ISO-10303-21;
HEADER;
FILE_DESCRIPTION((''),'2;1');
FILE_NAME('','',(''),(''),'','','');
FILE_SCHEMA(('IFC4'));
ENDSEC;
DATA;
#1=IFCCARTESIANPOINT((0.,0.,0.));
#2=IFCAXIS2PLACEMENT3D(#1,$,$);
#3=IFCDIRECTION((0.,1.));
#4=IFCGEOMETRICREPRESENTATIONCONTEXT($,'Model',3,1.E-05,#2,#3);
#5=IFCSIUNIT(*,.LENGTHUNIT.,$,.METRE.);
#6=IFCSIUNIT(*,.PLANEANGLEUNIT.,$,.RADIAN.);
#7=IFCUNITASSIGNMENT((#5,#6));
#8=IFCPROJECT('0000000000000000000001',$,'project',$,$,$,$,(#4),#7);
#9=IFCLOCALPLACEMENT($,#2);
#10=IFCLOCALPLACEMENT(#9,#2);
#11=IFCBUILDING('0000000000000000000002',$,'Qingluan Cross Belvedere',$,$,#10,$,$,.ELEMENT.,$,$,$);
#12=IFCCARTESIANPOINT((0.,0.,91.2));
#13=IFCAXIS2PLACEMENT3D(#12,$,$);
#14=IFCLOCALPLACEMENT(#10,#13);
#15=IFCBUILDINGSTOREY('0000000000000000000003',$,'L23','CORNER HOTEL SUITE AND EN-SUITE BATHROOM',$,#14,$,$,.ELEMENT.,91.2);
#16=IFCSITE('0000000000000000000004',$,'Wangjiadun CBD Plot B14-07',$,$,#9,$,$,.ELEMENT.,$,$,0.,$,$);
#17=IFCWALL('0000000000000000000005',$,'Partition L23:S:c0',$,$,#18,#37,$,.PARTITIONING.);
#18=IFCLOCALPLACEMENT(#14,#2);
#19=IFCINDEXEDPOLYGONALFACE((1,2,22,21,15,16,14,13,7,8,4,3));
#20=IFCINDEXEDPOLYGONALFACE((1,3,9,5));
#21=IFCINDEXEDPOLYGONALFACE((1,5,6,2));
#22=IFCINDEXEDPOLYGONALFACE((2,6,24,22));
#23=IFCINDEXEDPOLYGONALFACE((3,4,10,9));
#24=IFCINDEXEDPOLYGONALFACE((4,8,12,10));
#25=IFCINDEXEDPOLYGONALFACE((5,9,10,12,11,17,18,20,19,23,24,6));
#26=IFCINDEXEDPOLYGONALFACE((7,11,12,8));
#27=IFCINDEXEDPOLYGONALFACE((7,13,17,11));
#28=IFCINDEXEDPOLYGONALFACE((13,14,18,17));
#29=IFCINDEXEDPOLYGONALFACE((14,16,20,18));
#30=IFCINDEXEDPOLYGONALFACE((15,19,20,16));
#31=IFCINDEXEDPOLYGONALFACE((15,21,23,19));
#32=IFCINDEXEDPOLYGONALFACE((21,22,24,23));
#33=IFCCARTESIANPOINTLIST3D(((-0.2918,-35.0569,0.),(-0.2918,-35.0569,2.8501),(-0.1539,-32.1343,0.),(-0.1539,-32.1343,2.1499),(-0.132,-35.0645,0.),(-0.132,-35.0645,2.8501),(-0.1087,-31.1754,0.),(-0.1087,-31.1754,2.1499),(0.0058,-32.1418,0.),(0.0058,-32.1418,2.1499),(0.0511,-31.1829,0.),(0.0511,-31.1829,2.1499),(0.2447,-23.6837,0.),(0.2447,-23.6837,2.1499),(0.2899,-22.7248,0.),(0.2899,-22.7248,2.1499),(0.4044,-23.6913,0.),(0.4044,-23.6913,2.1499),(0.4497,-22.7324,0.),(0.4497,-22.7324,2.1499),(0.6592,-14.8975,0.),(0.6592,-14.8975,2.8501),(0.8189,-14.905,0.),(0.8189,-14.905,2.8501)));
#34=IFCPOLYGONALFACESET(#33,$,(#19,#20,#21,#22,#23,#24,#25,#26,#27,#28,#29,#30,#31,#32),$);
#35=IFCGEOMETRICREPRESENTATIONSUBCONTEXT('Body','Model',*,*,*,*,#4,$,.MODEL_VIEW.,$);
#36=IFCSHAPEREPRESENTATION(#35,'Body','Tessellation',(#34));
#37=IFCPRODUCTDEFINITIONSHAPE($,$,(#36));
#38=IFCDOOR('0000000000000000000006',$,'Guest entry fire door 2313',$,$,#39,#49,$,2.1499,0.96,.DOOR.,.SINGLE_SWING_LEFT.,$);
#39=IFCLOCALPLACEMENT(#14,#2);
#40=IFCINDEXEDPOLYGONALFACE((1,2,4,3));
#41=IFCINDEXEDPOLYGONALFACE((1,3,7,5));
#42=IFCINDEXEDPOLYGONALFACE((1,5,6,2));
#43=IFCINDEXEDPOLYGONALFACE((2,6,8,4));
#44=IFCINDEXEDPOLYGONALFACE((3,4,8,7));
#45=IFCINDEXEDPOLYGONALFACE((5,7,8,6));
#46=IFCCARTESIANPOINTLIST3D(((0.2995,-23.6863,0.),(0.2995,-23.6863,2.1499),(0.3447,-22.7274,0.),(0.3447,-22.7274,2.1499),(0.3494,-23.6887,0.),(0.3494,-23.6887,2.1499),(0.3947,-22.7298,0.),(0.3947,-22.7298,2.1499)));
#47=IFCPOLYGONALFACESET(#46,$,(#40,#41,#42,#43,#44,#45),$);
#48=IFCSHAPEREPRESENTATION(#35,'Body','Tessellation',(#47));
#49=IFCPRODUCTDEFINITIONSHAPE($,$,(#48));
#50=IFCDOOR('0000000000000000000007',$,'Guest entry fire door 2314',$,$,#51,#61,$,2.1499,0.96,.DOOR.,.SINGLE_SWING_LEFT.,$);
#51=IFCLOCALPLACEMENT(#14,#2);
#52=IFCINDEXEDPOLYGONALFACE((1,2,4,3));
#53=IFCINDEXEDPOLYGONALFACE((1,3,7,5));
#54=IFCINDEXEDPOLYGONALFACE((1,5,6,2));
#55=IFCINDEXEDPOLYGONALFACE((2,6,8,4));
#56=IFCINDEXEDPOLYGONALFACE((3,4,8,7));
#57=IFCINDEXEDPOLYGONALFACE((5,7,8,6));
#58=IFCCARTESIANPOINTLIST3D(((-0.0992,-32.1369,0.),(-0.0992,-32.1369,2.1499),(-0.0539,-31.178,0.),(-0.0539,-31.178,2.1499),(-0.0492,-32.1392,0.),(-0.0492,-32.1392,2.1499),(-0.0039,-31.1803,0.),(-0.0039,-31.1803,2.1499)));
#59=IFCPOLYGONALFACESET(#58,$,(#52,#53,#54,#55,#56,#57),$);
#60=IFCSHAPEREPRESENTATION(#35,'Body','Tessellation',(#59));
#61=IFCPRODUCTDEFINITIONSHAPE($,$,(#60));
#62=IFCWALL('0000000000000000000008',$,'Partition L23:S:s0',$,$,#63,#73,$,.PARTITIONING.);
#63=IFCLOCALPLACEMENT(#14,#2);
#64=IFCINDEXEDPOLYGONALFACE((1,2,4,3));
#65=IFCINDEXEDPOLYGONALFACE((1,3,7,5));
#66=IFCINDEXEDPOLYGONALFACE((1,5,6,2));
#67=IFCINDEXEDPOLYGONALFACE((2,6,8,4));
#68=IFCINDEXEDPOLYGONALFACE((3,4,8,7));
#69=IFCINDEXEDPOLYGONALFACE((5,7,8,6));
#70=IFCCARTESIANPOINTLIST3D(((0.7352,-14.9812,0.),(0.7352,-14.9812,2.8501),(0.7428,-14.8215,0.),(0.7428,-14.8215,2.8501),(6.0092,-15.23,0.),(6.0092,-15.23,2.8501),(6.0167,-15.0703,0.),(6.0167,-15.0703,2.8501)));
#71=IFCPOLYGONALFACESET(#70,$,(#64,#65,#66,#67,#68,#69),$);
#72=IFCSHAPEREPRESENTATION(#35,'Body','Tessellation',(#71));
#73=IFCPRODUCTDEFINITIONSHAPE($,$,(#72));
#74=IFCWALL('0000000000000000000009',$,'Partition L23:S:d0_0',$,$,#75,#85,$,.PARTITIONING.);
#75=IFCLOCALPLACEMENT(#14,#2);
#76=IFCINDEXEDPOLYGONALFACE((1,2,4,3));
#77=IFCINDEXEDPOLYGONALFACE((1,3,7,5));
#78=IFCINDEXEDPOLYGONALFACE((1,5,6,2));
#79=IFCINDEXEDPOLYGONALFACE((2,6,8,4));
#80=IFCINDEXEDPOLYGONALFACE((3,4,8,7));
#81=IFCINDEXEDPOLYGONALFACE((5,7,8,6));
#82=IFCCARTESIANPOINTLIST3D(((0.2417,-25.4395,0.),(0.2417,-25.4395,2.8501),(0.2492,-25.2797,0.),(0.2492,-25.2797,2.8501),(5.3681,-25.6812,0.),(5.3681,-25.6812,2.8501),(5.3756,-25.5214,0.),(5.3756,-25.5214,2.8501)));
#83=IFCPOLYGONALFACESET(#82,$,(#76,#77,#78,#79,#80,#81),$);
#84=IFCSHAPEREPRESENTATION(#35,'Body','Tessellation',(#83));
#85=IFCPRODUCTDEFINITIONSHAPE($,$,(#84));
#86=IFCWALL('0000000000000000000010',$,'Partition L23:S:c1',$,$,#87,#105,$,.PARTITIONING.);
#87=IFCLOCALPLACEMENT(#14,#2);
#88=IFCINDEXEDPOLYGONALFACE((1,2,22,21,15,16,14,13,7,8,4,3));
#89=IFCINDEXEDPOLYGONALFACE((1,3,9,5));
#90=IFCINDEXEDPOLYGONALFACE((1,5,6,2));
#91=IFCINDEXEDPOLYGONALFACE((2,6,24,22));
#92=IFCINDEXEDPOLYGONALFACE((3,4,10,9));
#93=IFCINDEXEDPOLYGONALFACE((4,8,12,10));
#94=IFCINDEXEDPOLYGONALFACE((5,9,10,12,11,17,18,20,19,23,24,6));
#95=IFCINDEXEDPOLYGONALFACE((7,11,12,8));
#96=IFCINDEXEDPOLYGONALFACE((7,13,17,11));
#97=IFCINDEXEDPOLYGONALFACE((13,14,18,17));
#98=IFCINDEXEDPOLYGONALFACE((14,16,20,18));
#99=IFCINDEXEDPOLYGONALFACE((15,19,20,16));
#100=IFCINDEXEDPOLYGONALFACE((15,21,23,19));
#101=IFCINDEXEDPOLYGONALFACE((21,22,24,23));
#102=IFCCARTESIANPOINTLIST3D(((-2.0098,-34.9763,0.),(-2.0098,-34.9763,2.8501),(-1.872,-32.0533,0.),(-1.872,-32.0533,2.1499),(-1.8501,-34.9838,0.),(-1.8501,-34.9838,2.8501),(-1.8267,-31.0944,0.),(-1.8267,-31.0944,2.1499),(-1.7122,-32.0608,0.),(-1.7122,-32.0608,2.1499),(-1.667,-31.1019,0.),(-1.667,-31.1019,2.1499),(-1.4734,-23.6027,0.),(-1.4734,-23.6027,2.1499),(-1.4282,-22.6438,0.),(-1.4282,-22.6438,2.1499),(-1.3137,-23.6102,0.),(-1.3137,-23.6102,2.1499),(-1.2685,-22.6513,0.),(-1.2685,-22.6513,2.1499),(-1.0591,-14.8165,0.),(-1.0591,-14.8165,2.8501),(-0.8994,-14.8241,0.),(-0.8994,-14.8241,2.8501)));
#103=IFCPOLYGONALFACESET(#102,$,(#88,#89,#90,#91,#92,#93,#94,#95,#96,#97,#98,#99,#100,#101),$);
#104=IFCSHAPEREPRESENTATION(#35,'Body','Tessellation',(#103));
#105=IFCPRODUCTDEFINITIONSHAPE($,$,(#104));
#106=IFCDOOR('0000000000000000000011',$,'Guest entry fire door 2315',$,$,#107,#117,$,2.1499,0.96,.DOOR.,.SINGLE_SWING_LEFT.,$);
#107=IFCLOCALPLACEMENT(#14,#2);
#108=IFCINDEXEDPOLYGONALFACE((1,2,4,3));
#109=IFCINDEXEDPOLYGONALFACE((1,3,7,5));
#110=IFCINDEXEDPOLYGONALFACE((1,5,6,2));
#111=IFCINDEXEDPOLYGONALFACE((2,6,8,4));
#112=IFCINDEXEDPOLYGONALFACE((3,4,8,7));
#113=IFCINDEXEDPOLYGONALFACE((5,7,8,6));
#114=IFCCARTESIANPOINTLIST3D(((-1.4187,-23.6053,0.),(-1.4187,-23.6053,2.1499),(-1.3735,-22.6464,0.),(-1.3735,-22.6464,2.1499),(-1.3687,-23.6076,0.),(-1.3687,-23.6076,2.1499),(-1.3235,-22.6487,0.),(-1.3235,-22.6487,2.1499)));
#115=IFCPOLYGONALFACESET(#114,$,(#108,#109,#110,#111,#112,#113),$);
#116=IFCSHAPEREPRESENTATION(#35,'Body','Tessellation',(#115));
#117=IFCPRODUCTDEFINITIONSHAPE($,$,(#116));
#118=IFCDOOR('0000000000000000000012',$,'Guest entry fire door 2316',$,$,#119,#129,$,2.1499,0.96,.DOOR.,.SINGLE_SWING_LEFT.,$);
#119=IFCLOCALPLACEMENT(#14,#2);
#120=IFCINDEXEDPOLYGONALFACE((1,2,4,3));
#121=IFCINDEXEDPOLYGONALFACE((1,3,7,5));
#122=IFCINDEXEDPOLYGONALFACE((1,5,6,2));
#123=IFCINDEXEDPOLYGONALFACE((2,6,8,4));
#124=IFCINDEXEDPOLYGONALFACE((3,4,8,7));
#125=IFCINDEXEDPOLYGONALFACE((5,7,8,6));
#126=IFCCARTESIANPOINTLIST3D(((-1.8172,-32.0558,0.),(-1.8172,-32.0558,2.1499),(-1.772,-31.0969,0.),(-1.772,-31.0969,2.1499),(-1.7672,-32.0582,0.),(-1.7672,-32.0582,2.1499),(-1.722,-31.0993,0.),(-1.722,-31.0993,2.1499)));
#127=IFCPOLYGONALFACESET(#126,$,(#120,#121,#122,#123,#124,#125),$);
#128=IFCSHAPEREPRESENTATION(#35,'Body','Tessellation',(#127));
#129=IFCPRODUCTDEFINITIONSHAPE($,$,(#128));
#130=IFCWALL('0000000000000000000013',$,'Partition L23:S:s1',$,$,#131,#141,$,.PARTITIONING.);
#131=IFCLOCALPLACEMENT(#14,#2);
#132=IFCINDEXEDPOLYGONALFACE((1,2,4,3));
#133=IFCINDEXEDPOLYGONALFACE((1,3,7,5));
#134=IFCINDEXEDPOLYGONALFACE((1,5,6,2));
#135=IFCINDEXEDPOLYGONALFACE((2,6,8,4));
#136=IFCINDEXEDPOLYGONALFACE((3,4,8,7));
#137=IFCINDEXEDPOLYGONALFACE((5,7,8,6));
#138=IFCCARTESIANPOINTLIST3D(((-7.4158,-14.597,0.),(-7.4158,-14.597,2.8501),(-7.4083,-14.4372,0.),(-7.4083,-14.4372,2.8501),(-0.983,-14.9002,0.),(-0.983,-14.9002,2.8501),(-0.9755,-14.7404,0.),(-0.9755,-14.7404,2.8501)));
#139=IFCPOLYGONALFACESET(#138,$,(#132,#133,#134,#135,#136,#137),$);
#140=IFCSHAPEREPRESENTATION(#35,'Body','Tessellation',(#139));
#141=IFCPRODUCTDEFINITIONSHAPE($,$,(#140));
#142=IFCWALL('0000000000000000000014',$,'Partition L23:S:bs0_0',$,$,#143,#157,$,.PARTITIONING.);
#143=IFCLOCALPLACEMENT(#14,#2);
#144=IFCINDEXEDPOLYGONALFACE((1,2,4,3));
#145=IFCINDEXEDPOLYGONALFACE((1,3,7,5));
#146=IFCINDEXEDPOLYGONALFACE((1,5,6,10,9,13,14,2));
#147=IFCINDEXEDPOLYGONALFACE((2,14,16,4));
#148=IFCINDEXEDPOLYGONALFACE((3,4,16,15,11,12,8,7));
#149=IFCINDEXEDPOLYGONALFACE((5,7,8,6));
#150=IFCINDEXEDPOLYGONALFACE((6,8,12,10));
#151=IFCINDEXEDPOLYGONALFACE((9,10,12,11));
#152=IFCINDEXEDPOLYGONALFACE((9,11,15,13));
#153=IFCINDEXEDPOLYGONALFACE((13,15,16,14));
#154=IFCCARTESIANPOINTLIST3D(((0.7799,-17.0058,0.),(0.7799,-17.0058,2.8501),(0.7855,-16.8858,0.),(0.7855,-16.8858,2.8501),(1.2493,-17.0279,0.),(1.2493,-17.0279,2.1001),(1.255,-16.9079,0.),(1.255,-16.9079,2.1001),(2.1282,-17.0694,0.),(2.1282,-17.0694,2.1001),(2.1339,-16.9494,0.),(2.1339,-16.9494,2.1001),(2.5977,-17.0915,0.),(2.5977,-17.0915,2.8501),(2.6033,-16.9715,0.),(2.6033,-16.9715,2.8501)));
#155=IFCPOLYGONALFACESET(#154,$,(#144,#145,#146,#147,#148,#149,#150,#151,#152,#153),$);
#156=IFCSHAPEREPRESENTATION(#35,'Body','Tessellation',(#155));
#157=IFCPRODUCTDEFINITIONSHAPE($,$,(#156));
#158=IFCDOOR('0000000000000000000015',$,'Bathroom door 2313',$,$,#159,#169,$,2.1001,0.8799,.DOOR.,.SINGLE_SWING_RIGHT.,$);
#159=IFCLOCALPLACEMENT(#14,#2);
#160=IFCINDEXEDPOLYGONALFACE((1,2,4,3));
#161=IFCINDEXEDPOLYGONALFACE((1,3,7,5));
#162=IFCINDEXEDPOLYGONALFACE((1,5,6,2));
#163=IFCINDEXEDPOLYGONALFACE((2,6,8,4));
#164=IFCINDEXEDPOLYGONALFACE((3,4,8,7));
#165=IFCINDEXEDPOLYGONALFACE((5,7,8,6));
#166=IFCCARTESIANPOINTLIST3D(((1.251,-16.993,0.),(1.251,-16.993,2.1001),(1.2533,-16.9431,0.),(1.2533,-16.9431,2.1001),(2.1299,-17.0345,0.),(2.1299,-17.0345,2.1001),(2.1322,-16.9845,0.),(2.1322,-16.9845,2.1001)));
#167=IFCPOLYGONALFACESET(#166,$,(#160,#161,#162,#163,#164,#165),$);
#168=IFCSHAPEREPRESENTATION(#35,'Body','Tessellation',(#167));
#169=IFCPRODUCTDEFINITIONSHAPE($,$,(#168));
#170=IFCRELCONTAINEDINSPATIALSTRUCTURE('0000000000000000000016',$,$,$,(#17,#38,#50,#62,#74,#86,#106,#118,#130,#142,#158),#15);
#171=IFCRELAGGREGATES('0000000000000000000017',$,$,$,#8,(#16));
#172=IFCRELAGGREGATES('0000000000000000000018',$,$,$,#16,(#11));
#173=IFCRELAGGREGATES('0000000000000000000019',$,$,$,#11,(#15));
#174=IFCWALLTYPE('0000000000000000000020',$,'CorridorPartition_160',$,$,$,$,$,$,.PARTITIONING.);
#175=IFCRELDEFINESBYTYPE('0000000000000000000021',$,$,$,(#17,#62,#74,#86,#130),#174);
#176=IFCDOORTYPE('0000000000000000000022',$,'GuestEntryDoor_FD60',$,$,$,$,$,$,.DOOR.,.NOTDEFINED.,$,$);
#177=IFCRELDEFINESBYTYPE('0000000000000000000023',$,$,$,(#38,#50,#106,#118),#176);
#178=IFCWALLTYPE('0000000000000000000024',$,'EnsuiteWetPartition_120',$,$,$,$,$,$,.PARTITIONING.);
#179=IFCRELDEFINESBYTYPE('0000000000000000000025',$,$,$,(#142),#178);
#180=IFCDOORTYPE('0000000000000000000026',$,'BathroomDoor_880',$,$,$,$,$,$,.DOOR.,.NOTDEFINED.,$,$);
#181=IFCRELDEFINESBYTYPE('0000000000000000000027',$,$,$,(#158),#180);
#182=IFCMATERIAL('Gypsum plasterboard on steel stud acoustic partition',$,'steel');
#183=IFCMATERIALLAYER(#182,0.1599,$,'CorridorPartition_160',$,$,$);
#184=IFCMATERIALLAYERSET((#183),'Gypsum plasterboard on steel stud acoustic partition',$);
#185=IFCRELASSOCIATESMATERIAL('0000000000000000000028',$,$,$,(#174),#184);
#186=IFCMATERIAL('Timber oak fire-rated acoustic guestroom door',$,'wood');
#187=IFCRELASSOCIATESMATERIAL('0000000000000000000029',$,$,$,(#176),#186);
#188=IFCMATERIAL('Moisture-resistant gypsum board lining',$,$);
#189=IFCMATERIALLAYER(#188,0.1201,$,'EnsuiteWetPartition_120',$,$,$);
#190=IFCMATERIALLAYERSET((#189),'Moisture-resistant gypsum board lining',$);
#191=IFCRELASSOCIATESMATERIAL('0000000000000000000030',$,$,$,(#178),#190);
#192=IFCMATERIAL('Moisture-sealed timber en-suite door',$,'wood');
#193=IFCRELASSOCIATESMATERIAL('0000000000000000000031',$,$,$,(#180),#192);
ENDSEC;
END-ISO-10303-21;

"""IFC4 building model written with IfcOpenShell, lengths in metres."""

from ifc_helpers import new_model, si_unit, direction, frame, frame_2d, origin, place, context, subcontext, project, spatial, rectangle, extrude, material, layer, layer_set, type_object, element, fill, save


model = new_model("IFC4")

# Units and contexts
model_context = context("Model", 3, precision=1e-05, world=origin(), true_north=direction((0.0, 1.0)))
body_context = subcontext(model_context, "Body", "Model", "MODEL_VIEW")
ifc_project = project(units=[si_unit("LENGTHUNIT", "METRE"), si_unit("PLANEANGLEUNIT", "RADIAN")], contexts=[model_context])

# Site, building, storey
site_placement = place(None, origin())
site = spatial("IfcSite", under=ifc_project, at=site_placement, Name="Wangjiadun CBD Plot B14-07", CompositionType="ELEMENT", RefElevation=0.0)
building_placement = place(site_placement, origin())
building = spatial("IfcBuilding", under=site, at=building_placement, Name="Qingluan Cross Belvedere", CompositionType="ELEMENT")
storey_placement = place(building_placement, frame((0.0, 0.0, 91.2)))
storey = spatial("IfcBuildingStorey", under=building, at=storey_placement, Name="L23", Description="CORNER HOTEL SUITE AND EN-SUITE BATHROOM", CompositionType="ELEMENT", Elevation=91.2)

# Wall, openings, doors
ifc_material_1 = material(Name="Gypsum plasterboard on steel stud acoustic partition", Category="steel")
ifc_layer_1 = layer(ifc_material_1, 0.1599, Name="CorridorPartition_160")
ifc_layer_set_1 = layer_set([ifc_layer_1], Name="Gypsum plasterboard on steel stud acoustic partition")
wall_type_1 = type_object("IfcWallType", Name="CorridorPartition_160", PredefinedType="PARTITIONING", material=ifc_layer_set_1)
wall_1_placement = place(storey_placement, frame((0.739, -14.9014, 0.0), z_axis=(0.0, 0.0, 1.0), x_axis=(-0.047118, -0.998889, 0.0)))
wall_1 = element("IfcWall", 1, at=wall_1_placement, inside=storey, type_object=wall_type_1, Name="Partition L23:S:c0", PredefinedType="PARTITIONING", context=body_context, shape_type="SweptSolid", body=[
    extrude(rectangle(XDim=20.1819, YDim=0.1599, at=frame_2d((10.0908, 0.0))), origin(), (0.0, 0.0, 1.0), 2.8501),
])
opening_1_placement = place(wall_1_placement, frame((7.8359, 0.0, 0.0)))
opening_1 = element("IfcOpeningElement", 2, at=opening_1_placement, cuts=wall_1, PredefinedType="OPENING", context=body_context, shape_type="SweptSolid", body=[
    extrude(rectangle(XDim=0.96, YDim=2.1499, at=frame_2d((0.48, 1.075))), frame((0.0, 0.0898, 0.0), z_axis=(0.0, -1.0, 0.0), x_axis=(1.0, 0.0, 0.0)), (0.0, 0.0, 1.0), 0.1799),
])
opening_2_placement = place(wall_1_placement, frame((16.2959, 0.0, 0.0)))
opening_2 = element("IfcOpeningElement", 3, at=opening_2_placement, cuts=wall_1, PredefinedType="OPENING", context=body_context, shape_type="SweptSolid", body=[
    extrude(rectangle(XDim=0.96, YDim=2.1499, at=frame_2d((0.48, 1.075))), frame((0.0, 0.0898, 0.0), z_axis=(0.0, -1.0, 0.0), x_axis=(1.0, 0.0, 0.0)), (0.0, 0.0, 1.0), 0.1799),
])
ifc_material_2 = material(Name="Timber oak fire-rated acoustic guestroom door", Category="wood")
door_type_1 = type_object("IfcDoorType", Name="GuestEntryDoor_FD60", OperationType="NOTDEFINED", PredefinedType="DOOR", material=ifc_material_2)
door_1_placement = place(opening_1_placement, origin())
door_1 = element("IfcDoor", 4, at=door_1_placement, inside=storey, type_object=door_type_1, Name="Guest entry fire door 2313", OperationType="SINGLE_SWING_LEFT", OverallHeight=2.1499, OverallWidth=0.96, PredefinedType="DOOR", context=body_context, shape_type="SweptSolid", body=[
    extrude(rectangle(XDim=0.96, YDim=2.1499, at=frame_2d((0.48, 1.075))), frame((0.0, 0.0249, 0.0), z_axis=(0.0, -1.0, 0.0), x_axis=(1.0, 0.0, 0.0)), (0.0, 0.0, 1.0), 0.05),
])
fill(opening_1, door_1)
door_2_placement = place(opening_2_placement, origin())
door_2 = element("IfcDoor", 5, at=door_2_placement, inside=storey, type_object=door_type_1, Name="Guest entry fire door 2314", OperationType="SINGLE_SWING_LEFT", OverallHeight=2.1499, OverallWidth=0.96, PredefinedType="DOOR", context=body_context, shape_type="SweptSolid", body=[
    extrude(rectangle(XDim=0.96, YDim=2.1499, at=frame_2d((0.48, 1.075))), frame((0.0, 0.0249, 0.0), z_axis=(0.0, -1.0, 0.0), x_axis=(1.0, 0.0, 0.0)), (0.0, 0.0, 1.0), 0.05),
])
fill(opening_2, door_2)

# Walls
wall_2_placement = place(storey_placement, frame((0.739, -14.9014, 0.0), z_axis=(0.0, 0.0, 1.0), x_axis=(0.998889, -0.047119, 0.0)))
element("IfcWall", 6, at=wall_2_placement, inside=storey, type_object=wall_type_1, Name="Partition L23:S:s0", PredefinedType="PARTITIONING", context=body_context, shape_type="SweptSolid", body=[
    extrude(rectangle(XDim=5.2798, YDim=0.1599, at=frame_2d((2.6399, 0.0))), origin(), (0.0, 0.0, 1.0), 2.8501),
])
wall_3_placement = place(storey_placement, frame((0.2456, -25.3596, 0.0), z_axis=(0.0, 0.0, 1.0), x_axis=(0.99889, -0.047095, 0.0)))
element("IfcWall", 7, at=wall_3_placement, inside=storey, type_object=wall_type_1, Name="Partition L23:S:d0_0", PredefinedType="PARTITIONING", context=body_context, shape_type="SweptSolid", body=[
    extrude(rectangle(XDim=5.1321, YDim=0.1599, at=frame_2d((2.5659, 0.0))), origin(), (0.0, 0.0, 1.0), 2.8501),
])

# Wall, openings, doors
wall_4_placement = place(storey_placement, frame((-0.9792, -14.8203, 0.0), z_axis=(0.0, 0.0, 1.0), x_axis=(-0.047105, -0.99889, 0.0)))
wall_4 = element("IfcWall", 8, at=wall_4_placement, inside=storey, type_object=wall_type_1, Name="Partition L23:S:c1", PredefinedType="PARTITIONING", context=body_context, shape_type="SweptSolid", body=[
    extrude(rectangle(XDim=20.1821, YDim=0.1599, at=frame_2d((10.0911, 0.0))), origin(), (0.0, 0.0, 1.0), 2.8501),
])
opening_3_placement = place(wall_4_placement, frame((7.8359, 0.0, 0.0)))
opening_3 = element("IfcOpeningElement", 9, at=opening_3_placement, cuts=wall_4, PredefinedType="OPENING", context=body_context, shape_type="SweptSolid", body=[
    extrude(rectangle(XDim=0.96, YDim=2.1499, at=frame_2d((0.48, 1.075))), frame((0.0, 0.0898, 0.0), z_axis=(0.0, -1.0, 0.0), x_axis=(1.0, 0.0, 0.0)), (0.0, 0.0, 1.0), 0.1799),
])
opening_4_placement = place(wall_4_placement, frame((16.2959, 0.0, 0.0)))
opening_4 = element("IfcOpeningElement", 10, at=opening_4_placement, cuts=wall_4, PredefinedType="OPENING", context=body_context, shape_type="SweptSolid", body=[
    extrude(rectangle(XDim=0.96, YDim=2.1499, at=frame_2d((0.48, 1.075))), frame((0.0, 0.0898, 0.0), z_axis=(0.0, -1.0, 0.0), x_axis=(1.0, 0.0, 0.0)), (0.0, 0.0, 1.0), 0.1799),
])
door_3_placement = place(opening_3_placement, origin())
door_3 = element("IfcDoor", 11, at=door_3_placement, inside=storey, type_object=door_type_1, Name="Guest entry fire door 2315", OperationType="SINGLE_SWING_LEFT", OverallHeight=2.1499, OverallWidth=0.96, PredefinedType="DOOR", context=body_context, shape_type="SweptSolid", body=[
    extrude(rectangle(XDim=0.96, YDim=2.1499, at=frame_2d((0.48, 1.075))), frame((0.0, 0.0249, 0.0), z_axis=(0.0, -1.0, 0.0), x_axis=(1.0, 0.0, 0.0)), (0.0, 0.0, 1.0), 0.05),
])
fill(opening_3, door_3)
door_4_placement = place(opening_4_placement, origin())
door_4 = element("IfcDoor", 12, at=door_4_placement, inside=storey, type_object=door_type_1, Name="Guest entry fire door 2316", OperationType="SINGLE_SWING_LEFT", OverallHeight=2.1499, OverallWidth=0.96, PredefinedType="DOOR", context=body_context, shape_type="SweptSolid", body=[
    extrude(rectangle(XDim=0.96, YDim=2.1499, at=frame_2d((0.48, 1.075))), frame((0.0, 0.0249, 0.0), z_axis=(0.0, -1.0, 0.0), x_axis=(1.0, 0.0, 0.0)), (0.0, 0.0, 1.0), 0.05),
])
fill(opening_4, door_4)

# Wall
wall_5_placement = place(storey_placement, frame((-0.9792, -14.8203, 0.0), z_axis=(0.0, 0.0, 1.0), x_axis=(-0.998891, 0.047084, 0.0)))
element("IfcWall", 13, at=wall_5_placement, inside=storey, type_object=wall_type_1, Name="Partition L23:S:s1", PredefinedType="PARTITIONING", context=body_context, shape_type="SweptSolid", body=[
    extrude(rectangle(XDim=6.4399, YDim=0.1599, at=frame_2d((3.22, 0.0))), origin(), (0.0, 0.0, 1.0), 2.8501),
])

# Wall, opening, door
ifc_material_3 = material(Name="Moisture-resistant gypsum board lining")
ifc_layer_2 = layer(ifc_material_3, 0.1201, Name="EnsuiteWetPartition_120")
ifc_layer_set_2 = layer_set([ifc_layer_2], Name="Moisture-resistant gypsum board lining")
wall_type_2 = type_object("IfcWallType", Name="EnsuiteWetPartition_120", PredefinedType="PARTITIONING", material=ifc_layer_set_2)
wall_6_placement = place(storey_placement, frame((0.7827, -16.9458, 0.0), z_axis=(0.0, 0.0, 1.0), x_axis=(0.998891, -0.047087, 0.0)))
wall_6 = element("IfcWall", 14, at=wall_6_placement, inside=storey, type_object=wall_type_2, Name="Partition L23:S:bs0_0", PredefinedType="PARTITIONING", context=body_context, shape_type="SweptSolid", body=[
    extrude(rectangle(XDim=1.8198, YDim=0.1201, at=frame_2d((0.9099, 0.0))), origin(), (0.0, 0.0, 1.0), 2.8501),
])
opening_5_placement = place(wall_6_placement, frame((0.47, 0.0, 0.0)))
opening_5 = element("IfcOpeningElement", 15, at=opening_5_placement, cuts=wall_6, PredefinedType="OPENING", context=body_context, shape_type="SweptSolid", body=[
    extrude(rectangle(XDim=0.8799, YDim=2.1001, at=frame_2d((0.4399, 1.05))), frame((0.0, 0.0701, 0.0), z_axis=(0.0, -1.0, 0.0), x_axis=(1.0, 0.0, 0.0)), (0.0, 0.0, 1.0), 0.1401),
])
ifc_material_4 = material(Name="Moisture-sealed timber en-suite door", Category="wood")
door_type_2 = type_object("IfcDoorType", Name="BathroomDoor_880", OperationType="NOTDEFINED", PredefinedType="DOOR", material=ifc_material_4)
door_5_placement = place(opening_5_placement, origin())
door_5 = element("IfcDoor", 16, at=door_5_placement, inside=storey, type_object=door_type_2, Name="Bathroom door 2313", OperationType="SINGLE_SWING_RIGHT", OverallHeight=2.1001, OverallWidth=0.8799, PredefinedType="DOOR", context=body_context, shape_type="SweptSolid", body=[
    extrude(rectangle(XDim=0.8799, YDim=2.1001, at=frame_2d((0.4399, 1.05))), frame((0.0, 0.0249, 0.0), z_axis=(0.0, -1.0, 0.0), x_axis=(1.0, 0.0, 0.0)), (0.0, 0.0, 1.0), 0.05),
])
fill(opening_5, door_5)

save(model, "model.ifc")
